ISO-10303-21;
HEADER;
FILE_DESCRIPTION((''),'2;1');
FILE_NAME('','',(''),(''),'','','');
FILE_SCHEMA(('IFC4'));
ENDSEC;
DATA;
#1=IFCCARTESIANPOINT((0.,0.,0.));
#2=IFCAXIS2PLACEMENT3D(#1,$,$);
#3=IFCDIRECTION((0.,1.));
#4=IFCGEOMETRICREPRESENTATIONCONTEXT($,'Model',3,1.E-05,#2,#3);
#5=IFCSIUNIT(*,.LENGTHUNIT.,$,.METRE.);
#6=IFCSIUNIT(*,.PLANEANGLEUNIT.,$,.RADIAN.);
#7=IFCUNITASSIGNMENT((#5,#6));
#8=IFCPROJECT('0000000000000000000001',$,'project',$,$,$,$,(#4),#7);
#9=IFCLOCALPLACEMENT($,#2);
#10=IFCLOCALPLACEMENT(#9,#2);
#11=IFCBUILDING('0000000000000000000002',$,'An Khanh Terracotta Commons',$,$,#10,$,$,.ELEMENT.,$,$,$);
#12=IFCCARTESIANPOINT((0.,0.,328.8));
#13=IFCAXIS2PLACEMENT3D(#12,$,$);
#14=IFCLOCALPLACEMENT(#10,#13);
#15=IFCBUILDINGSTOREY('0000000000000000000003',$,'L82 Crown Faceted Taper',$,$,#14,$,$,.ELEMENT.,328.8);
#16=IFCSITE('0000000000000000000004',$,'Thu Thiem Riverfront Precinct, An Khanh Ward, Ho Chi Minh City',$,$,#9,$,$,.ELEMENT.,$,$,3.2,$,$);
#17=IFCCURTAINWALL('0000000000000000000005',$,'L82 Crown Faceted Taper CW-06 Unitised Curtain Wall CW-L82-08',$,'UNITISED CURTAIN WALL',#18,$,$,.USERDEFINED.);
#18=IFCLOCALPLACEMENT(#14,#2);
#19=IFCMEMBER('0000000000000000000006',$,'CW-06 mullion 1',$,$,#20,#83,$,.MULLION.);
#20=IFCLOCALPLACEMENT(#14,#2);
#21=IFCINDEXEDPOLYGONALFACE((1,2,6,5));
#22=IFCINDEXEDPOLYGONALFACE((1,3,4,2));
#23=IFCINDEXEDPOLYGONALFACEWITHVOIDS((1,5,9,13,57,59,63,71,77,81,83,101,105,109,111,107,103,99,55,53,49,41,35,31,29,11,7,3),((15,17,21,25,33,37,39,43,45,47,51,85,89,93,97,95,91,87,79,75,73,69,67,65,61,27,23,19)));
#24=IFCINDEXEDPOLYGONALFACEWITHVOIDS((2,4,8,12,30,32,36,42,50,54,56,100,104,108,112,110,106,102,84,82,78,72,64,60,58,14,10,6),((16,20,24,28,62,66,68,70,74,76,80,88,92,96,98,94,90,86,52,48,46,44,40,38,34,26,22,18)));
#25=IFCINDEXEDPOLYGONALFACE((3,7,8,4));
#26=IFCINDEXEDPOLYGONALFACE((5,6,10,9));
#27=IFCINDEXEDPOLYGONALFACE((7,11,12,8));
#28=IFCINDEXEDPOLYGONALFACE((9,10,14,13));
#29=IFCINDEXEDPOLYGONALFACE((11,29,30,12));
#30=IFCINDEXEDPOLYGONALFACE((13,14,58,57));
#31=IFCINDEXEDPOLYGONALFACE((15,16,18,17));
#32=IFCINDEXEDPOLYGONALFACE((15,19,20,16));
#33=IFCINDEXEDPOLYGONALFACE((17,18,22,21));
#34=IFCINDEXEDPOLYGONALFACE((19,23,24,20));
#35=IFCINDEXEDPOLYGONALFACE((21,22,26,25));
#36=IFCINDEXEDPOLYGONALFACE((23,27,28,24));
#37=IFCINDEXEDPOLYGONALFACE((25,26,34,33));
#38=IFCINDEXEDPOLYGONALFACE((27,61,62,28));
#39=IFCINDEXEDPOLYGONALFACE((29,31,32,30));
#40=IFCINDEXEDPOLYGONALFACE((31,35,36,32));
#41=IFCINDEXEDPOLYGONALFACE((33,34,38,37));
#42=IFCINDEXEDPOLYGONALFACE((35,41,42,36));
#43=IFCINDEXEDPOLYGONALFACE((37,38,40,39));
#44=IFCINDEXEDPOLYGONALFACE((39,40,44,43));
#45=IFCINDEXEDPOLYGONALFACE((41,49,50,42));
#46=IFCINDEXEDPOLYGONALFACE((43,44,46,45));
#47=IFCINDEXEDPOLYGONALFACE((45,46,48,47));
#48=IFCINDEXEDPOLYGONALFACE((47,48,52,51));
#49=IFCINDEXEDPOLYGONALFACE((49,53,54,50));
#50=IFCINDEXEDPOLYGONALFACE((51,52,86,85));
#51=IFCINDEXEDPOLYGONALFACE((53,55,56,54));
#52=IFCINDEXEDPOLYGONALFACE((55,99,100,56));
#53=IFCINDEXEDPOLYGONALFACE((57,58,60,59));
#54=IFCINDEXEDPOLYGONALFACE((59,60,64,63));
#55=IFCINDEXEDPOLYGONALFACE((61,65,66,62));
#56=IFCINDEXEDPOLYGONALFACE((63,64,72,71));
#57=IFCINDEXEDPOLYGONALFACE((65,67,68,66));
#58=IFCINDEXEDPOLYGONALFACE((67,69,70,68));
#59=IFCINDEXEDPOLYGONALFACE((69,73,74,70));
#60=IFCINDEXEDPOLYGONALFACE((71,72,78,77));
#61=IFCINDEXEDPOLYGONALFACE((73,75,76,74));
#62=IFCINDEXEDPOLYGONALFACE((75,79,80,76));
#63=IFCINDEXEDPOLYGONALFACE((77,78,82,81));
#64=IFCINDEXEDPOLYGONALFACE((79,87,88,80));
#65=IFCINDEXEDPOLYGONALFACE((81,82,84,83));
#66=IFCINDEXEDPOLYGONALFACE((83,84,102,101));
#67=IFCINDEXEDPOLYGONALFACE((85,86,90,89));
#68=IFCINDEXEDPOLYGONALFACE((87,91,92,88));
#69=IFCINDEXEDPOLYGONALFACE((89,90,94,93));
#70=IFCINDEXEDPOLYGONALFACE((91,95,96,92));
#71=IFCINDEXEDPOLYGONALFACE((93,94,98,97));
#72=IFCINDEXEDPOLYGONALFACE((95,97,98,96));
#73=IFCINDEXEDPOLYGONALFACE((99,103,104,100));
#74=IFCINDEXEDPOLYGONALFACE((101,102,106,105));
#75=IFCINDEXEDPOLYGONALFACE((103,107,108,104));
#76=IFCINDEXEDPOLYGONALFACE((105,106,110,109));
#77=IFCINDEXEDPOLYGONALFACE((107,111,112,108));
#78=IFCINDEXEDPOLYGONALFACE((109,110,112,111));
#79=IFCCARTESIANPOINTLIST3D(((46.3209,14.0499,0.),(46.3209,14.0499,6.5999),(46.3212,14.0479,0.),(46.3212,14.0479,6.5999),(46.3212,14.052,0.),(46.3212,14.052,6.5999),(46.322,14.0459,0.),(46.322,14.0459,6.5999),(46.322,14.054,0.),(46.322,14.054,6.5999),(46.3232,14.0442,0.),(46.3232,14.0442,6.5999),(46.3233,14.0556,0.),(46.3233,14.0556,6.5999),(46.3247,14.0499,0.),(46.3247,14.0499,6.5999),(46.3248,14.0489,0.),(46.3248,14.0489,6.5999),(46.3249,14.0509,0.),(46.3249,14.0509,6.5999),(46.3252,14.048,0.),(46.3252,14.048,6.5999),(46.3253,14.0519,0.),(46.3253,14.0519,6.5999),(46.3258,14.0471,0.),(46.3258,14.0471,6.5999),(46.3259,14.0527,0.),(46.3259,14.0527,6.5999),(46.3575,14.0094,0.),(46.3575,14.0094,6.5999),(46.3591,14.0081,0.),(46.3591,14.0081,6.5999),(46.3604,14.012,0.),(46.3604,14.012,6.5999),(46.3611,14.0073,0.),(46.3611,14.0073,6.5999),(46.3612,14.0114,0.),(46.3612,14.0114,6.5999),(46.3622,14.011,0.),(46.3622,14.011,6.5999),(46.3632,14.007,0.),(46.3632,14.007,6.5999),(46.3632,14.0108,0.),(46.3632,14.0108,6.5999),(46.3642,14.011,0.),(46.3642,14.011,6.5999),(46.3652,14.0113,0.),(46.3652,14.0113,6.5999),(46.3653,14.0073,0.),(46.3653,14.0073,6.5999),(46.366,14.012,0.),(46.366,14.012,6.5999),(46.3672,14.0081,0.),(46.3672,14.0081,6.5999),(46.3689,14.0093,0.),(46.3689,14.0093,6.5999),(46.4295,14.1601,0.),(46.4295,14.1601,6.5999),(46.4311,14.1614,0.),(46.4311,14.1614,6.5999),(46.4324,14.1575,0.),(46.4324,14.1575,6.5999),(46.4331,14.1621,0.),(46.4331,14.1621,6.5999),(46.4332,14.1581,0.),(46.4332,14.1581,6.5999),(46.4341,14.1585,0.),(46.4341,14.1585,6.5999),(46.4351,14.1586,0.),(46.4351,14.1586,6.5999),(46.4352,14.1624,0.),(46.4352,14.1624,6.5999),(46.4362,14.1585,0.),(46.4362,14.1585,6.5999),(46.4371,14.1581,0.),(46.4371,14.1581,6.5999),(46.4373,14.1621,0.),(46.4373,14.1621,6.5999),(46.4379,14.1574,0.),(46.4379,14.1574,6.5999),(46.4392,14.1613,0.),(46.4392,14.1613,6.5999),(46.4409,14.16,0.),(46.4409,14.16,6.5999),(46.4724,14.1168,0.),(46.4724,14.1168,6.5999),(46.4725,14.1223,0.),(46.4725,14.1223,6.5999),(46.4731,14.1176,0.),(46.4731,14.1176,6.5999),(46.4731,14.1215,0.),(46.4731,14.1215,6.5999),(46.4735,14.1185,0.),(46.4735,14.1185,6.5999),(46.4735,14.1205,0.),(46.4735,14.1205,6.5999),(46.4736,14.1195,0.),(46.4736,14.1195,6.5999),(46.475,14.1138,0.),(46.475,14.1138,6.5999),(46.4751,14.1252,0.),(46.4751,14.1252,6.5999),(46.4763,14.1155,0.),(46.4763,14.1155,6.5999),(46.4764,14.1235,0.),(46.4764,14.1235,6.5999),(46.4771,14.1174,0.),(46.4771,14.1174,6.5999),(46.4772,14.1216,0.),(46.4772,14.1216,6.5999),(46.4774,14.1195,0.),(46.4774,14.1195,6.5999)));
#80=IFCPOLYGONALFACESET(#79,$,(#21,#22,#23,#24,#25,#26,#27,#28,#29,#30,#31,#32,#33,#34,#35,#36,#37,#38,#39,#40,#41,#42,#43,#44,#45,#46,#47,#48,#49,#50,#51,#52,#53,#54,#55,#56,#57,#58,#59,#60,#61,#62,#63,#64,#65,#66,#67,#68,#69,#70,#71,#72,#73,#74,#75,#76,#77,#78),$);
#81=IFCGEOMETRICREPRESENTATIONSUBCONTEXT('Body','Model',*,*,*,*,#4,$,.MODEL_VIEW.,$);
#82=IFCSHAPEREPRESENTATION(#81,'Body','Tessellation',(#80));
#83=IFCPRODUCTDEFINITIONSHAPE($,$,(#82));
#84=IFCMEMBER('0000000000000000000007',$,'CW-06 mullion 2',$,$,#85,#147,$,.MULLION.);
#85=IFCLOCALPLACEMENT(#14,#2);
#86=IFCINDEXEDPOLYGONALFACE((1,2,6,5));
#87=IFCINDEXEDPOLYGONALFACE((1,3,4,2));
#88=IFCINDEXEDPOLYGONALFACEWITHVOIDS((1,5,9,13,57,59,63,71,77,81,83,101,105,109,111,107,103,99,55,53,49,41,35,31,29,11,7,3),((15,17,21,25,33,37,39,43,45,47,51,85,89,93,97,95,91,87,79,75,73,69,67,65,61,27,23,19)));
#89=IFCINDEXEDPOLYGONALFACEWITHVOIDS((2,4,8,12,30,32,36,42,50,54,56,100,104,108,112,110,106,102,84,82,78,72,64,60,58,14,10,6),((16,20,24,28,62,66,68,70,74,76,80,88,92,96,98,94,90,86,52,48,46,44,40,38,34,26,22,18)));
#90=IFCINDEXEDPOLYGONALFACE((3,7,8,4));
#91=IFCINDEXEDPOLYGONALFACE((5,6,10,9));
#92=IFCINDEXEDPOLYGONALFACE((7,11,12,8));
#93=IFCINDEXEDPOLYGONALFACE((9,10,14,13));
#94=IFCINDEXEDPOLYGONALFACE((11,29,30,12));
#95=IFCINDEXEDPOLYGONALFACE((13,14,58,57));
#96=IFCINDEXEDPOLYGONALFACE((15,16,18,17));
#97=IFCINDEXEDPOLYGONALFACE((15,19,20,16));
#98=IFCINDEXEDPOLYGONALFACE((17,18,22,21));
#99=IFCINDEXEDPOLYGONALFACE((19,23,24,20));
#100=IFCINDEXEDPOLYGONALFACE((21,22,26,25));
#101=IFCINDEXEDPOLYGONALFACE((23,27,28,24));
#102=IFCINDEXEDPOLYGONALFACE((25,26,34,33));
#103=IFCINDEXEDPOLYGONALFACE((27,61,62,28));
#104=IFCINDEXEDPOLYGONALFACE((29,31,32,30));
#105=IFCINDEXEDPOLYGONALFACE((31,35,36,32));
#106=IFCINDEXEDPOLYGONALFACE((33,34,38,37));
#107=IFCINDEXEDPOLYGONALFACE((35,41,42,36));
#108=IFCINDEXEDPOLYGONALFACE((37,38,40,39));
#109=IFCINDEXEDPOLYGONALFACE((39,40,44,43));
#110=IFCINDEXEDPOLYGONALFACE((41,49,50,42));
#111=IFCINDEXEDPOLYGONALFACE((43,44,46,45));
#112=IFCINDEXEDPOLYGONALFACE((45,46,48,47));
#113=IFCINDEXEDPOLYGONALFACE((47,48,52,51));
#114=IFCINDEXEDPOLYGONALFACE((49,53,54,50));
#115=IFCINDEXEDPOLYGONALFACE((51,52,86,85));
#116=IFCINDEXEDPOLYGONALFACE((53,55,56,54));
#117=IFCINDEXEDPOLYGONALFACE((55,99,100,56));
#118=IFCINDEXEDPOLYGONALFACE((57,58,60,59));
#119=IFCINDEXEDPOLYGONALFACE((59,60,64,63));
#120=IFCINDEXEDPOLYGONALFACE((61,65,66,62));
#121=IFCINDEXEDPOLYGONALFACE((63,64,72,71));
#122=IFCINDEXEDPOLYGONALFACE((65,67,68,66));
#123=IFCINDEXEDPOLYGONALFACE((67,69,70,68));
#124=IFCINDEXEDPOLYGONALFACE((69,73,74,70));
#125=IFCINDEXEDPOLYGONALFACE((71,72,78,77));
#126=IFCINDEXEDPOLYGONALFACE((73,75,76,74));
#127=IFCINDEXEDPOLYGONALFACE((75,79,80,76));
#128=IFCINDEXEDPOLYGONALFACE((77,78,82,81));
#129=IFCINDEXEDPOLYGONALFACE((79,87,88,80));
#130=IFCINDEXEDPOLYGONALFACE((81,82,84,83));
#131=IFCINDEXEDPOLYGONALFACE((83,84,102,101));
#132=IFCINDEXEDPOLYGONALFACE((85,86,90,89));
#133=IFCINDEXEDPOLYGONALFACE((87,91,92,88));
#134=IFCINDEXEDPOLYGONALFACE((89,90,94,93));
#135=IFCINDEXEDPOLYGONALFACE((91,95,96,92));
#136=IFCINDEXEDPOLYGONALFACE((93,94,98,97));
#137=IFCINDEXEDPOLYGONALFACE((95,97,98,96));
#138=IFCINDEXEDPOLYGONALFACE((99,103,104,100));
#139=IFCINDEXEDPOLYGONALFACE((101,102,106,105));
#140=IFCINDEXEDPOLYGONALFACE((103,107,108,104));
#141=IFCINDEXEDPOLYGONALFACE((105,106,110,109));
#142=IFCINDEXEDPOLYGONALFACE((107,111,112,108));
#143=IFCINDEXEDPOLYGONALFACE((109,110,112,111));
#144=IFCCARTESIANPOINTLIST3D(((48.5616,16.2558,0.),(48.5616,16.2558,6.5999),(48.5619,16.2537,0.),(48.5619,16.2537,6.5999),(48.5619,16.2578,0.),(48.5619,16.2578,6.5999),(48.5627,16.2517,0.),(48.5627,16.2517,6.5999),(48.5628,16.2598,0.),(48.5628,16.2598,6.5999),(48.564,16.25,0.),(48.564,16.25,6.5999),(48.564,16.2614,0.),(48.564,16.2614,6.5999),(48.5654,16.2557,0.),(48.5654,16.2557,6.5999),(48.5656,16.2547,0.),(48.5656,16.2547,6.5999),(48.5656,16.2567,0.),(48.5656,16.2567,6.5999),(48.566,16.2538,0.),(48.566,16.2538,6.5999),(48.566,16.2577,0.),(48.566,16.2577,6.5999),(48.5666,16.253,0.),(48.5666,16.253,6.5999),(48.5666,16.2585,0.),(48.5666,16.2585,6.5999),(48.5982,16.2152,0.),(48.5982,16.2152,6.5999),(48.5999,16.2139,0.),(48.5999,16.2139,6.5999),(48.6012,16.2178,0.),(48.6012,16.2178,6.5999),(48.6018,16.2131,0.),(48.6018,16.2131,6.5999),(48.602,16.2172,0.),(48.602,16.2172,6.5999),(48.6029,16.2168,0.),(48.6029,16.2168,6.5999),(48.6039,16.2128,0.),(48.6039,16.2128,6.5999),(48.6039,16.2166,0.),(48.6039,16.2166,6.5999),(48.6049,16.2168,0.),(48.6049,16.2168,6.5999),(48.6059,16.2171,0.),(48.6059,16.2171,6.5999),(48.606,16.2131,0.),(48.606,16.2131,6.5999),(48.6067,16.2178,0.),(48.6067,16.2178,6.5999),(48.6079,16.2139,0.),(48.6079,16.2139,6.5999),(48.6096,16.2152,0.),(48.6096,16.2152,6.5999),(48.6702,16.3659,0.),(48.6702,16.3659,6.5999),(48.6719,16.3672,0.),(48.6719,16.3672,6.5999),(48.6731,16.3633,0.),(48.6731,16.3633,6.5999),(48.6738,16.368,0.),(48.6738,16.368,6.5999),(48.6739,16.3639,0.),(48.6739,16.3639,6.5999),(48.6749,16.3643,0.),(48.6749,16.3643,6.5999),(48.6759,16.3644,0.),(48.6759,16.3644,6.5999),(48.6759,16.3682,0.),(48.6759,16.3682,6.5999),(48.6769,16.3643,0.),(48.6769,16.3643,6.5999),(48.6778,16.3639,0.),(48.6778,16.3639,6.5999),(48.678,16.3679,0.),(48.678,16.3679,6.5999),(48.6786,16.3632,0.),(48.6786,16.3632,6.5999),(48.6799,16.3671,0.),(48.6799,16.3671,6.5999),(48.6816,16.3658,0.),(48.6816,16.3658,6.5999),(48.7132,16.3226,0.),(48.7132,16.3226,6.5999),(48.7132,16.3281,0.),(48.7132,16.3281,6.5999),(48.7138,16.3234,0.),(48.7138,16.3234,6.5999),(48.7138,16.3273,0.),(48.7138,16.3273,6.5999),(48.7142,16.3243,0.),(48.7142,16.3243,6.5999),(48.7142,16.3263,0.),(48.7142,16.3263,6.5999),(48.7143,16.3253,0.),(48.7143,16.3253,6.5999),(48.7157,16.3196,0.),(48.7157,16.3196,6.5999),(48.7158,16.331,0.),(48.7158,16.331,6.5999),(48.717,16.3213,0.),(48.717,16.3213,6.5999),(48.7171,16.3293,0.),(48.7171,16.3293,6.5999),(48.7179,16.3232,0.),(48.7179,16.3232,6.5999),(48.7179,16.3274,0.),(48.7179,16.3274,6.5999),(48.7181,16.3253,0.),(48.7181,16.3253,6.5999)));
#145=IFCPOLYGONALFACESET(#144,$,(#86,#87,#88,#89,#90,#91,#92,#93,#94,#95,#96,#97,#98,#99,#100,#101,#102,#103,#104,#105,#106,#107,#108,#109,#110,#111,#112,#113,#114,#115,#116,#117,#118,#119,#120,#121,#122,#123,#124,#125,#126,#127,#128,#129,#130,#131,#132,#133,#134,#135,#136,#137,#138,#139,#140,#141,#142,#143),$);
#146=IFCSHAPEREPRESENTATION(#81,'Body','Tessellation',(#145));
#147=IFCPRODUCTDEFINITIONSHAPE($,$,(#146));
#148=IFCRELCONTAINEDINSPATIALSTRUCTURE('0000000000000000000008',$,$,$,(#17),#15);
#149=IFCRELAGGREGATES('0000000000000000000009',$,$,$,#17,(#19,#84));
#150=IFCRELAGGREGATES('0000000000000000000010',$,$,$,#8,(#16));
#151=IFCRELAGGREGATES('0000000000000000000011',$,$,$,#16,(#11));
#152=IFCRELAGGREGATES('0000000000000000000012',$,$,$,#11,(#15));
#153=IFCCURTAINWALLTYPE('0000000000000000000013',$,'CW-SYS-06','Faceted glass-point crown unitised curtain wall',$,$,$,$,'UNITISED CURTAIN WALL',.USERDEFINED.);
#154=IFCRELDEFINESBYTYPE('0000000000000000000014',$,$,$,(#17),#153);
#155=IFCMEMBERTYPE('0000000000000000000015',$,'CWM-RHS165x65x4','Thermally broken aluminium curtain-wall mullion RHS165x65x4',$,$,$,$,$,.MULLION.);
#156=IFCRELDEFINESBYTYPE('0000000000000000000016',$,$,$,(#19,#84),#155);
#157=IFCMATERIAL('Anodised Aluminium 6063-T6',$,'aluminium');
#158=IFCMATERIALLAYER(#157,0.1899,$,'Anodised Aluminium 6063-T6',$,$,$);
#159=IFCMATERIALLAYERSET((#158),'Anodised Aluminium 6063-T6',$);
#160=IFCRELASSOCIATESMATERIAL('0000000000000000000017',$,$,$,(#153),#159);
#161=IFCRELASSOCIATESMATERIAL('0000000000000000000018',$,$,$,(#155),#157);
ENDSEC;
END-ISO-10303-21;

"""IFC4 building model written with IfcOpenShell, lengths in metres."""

from ifc_helpers import new_model, si_unit, direction, frame, origin, origin_2d, place, context, subcontext, project, spatial, hollow_rectangle, extrude, material, layer, layer_set, material_profile, profile_set, type_object, element, aggregate, save


model = new_model("IFC4")

# Units and contexts
model_context = context("Model", 3, precision=1e-05, world=origin(), true_north=direction((0.0, 1.0)))
body_context = subcontext(model_context, "Body", "Model", "MODEL_VIEW")
ifc_project = project(units=[si_unit("LENGTHUNIT", "METRE"), si_unit("PLANEANGLEUNIT", "RADIAN")], contexts=[model_context])

# Site, building, storey
site_placement = place(None, origin())
site = spatial("IfcSite", under=ifc_project, at=site_placement, Name="Thu Thiem Riverfront Precinct, An Khanh Ward, Ho Chi Minh City", CompositionType="ELEMENT", RefElevation=3.2)
building_placement = place(site_placement, origin())
building = spatial("IfcBuilding", under=site, at=building_placement, Name="An Khanh Terracotta Commons", CompositionType="ELEMENT")
storey_placement = place(building_placement, frame((0.0, 0.0, 328.8)))
storey = spatial("IfcBuildingStorey", under=building, at=storey_placement, Name="L82 Crown Faceted Taper", CompositionType="ELEMENT", Elevation=328.8)

# Shared definitions
ifc_material_1 = material(Name="Anodised Aluminium 6063-T6", Category="aluminium")
ifc_layer_1 = layer(ifc_material_1, 0.1899, Name="Anodised Aluminium 6063-T6")
ifc_layer_set_1 = layer_set([ifc_layer_1], Name="Anodised Aluminium 6063-T6")
curtain_wall_type = type_object("IfcCurtainWallType", Name="CW-SYS-06", Description="Faceted glass-point crown unitised curtain wall", ElementType="UNITISED CURTAIN WALL", PredefinedType="USERDEFINED", material=ifc_layer_set_1)
ifc_material_profile_1 = material_profile(ifc_material_1, hollow_rectangle(XDim=0.0649, YDim=0.165, WallThickness=0.0039, InnerFilletRadius=0.0039, OuterFilletRadius=0.0081, at=origin_2d()), Name="RHS165x65x4")
ifc_profile_set_1 = profile_set([ifc_material_profile_1], Name="Anodised Aluminium 6063-T6")
member_type_1 = type_object("IfcMemberType", Name="CWM-RHS165x65x4", Description="Thermally broken aluminium curtain-wall mullion RHS165x65x4", PredefinedType="MULLION", material=ifc_profile_set_1)

# Curtain wall, members
curtain_wall_1_placement = place(storey_placement, origin())
curtain_wall_1 = element("IfcCurtainWall", 1, at=curtain_wall_1_placement, inside=storey, type_object=curtain_wall_type, Name="L82 Crown Faceted Taper CW-06 Unitised Curtain Wall CW-L82-08", ObjectType="UNITISED CURTAIN WALL", PredefinedType="USERDEFINED")
member_1_placement = place(storey_placement, frame((46.3992, 14.0847, 0.0), z_axis=(0.0, 0.0, 1.0), x_axis=(-0.701497, 0.712672, 0.0)))
member_1 = element("IfcMember", 2, at=member_1_placement, type_object=member_type_1, Name="CW-06 mullion 1", PredefinedType="MULLION", context=body_context, shape_type="SweptSolid", body=[
    extrude(hollow_rectangle(XDim=0.0649, YDim=0.165, WallThickness=0.0039, InnerFilletRadius=0.0039, OuterFilletRadius=0.0081, at=origin_2d()), origin(), (0.0, 0.0, 1.0), 6.5999),
])
member_2_placement = place(storey_placement, frame((48.6399, 16.2905, 0.0), z_axis=(0.0, 0.0, 1.0), x_axis=(-0.701497, 0.712672, 0.0)))
member_2 = element("IfcMember", 3, at=member_2_placement, type_object=member_type_1, Name="CW-06 mullion 2", PredefinedType="MULLION", context=body_context, shape_type="SweptSolid", body=[
    extrude(hollow_rectangle(XDim=0.0649, YDim=0.165, WallThickness=0.0039, InnerFilletRadius=0.0039, OuterFilletRadius=0.0081, at=origin_2d()), origin(), (0.0, 0.0, 1.0), 6.5999),
])

aggregate(curtain_wall_1, [member_1, member_2])

save(model, "model.ifc")
